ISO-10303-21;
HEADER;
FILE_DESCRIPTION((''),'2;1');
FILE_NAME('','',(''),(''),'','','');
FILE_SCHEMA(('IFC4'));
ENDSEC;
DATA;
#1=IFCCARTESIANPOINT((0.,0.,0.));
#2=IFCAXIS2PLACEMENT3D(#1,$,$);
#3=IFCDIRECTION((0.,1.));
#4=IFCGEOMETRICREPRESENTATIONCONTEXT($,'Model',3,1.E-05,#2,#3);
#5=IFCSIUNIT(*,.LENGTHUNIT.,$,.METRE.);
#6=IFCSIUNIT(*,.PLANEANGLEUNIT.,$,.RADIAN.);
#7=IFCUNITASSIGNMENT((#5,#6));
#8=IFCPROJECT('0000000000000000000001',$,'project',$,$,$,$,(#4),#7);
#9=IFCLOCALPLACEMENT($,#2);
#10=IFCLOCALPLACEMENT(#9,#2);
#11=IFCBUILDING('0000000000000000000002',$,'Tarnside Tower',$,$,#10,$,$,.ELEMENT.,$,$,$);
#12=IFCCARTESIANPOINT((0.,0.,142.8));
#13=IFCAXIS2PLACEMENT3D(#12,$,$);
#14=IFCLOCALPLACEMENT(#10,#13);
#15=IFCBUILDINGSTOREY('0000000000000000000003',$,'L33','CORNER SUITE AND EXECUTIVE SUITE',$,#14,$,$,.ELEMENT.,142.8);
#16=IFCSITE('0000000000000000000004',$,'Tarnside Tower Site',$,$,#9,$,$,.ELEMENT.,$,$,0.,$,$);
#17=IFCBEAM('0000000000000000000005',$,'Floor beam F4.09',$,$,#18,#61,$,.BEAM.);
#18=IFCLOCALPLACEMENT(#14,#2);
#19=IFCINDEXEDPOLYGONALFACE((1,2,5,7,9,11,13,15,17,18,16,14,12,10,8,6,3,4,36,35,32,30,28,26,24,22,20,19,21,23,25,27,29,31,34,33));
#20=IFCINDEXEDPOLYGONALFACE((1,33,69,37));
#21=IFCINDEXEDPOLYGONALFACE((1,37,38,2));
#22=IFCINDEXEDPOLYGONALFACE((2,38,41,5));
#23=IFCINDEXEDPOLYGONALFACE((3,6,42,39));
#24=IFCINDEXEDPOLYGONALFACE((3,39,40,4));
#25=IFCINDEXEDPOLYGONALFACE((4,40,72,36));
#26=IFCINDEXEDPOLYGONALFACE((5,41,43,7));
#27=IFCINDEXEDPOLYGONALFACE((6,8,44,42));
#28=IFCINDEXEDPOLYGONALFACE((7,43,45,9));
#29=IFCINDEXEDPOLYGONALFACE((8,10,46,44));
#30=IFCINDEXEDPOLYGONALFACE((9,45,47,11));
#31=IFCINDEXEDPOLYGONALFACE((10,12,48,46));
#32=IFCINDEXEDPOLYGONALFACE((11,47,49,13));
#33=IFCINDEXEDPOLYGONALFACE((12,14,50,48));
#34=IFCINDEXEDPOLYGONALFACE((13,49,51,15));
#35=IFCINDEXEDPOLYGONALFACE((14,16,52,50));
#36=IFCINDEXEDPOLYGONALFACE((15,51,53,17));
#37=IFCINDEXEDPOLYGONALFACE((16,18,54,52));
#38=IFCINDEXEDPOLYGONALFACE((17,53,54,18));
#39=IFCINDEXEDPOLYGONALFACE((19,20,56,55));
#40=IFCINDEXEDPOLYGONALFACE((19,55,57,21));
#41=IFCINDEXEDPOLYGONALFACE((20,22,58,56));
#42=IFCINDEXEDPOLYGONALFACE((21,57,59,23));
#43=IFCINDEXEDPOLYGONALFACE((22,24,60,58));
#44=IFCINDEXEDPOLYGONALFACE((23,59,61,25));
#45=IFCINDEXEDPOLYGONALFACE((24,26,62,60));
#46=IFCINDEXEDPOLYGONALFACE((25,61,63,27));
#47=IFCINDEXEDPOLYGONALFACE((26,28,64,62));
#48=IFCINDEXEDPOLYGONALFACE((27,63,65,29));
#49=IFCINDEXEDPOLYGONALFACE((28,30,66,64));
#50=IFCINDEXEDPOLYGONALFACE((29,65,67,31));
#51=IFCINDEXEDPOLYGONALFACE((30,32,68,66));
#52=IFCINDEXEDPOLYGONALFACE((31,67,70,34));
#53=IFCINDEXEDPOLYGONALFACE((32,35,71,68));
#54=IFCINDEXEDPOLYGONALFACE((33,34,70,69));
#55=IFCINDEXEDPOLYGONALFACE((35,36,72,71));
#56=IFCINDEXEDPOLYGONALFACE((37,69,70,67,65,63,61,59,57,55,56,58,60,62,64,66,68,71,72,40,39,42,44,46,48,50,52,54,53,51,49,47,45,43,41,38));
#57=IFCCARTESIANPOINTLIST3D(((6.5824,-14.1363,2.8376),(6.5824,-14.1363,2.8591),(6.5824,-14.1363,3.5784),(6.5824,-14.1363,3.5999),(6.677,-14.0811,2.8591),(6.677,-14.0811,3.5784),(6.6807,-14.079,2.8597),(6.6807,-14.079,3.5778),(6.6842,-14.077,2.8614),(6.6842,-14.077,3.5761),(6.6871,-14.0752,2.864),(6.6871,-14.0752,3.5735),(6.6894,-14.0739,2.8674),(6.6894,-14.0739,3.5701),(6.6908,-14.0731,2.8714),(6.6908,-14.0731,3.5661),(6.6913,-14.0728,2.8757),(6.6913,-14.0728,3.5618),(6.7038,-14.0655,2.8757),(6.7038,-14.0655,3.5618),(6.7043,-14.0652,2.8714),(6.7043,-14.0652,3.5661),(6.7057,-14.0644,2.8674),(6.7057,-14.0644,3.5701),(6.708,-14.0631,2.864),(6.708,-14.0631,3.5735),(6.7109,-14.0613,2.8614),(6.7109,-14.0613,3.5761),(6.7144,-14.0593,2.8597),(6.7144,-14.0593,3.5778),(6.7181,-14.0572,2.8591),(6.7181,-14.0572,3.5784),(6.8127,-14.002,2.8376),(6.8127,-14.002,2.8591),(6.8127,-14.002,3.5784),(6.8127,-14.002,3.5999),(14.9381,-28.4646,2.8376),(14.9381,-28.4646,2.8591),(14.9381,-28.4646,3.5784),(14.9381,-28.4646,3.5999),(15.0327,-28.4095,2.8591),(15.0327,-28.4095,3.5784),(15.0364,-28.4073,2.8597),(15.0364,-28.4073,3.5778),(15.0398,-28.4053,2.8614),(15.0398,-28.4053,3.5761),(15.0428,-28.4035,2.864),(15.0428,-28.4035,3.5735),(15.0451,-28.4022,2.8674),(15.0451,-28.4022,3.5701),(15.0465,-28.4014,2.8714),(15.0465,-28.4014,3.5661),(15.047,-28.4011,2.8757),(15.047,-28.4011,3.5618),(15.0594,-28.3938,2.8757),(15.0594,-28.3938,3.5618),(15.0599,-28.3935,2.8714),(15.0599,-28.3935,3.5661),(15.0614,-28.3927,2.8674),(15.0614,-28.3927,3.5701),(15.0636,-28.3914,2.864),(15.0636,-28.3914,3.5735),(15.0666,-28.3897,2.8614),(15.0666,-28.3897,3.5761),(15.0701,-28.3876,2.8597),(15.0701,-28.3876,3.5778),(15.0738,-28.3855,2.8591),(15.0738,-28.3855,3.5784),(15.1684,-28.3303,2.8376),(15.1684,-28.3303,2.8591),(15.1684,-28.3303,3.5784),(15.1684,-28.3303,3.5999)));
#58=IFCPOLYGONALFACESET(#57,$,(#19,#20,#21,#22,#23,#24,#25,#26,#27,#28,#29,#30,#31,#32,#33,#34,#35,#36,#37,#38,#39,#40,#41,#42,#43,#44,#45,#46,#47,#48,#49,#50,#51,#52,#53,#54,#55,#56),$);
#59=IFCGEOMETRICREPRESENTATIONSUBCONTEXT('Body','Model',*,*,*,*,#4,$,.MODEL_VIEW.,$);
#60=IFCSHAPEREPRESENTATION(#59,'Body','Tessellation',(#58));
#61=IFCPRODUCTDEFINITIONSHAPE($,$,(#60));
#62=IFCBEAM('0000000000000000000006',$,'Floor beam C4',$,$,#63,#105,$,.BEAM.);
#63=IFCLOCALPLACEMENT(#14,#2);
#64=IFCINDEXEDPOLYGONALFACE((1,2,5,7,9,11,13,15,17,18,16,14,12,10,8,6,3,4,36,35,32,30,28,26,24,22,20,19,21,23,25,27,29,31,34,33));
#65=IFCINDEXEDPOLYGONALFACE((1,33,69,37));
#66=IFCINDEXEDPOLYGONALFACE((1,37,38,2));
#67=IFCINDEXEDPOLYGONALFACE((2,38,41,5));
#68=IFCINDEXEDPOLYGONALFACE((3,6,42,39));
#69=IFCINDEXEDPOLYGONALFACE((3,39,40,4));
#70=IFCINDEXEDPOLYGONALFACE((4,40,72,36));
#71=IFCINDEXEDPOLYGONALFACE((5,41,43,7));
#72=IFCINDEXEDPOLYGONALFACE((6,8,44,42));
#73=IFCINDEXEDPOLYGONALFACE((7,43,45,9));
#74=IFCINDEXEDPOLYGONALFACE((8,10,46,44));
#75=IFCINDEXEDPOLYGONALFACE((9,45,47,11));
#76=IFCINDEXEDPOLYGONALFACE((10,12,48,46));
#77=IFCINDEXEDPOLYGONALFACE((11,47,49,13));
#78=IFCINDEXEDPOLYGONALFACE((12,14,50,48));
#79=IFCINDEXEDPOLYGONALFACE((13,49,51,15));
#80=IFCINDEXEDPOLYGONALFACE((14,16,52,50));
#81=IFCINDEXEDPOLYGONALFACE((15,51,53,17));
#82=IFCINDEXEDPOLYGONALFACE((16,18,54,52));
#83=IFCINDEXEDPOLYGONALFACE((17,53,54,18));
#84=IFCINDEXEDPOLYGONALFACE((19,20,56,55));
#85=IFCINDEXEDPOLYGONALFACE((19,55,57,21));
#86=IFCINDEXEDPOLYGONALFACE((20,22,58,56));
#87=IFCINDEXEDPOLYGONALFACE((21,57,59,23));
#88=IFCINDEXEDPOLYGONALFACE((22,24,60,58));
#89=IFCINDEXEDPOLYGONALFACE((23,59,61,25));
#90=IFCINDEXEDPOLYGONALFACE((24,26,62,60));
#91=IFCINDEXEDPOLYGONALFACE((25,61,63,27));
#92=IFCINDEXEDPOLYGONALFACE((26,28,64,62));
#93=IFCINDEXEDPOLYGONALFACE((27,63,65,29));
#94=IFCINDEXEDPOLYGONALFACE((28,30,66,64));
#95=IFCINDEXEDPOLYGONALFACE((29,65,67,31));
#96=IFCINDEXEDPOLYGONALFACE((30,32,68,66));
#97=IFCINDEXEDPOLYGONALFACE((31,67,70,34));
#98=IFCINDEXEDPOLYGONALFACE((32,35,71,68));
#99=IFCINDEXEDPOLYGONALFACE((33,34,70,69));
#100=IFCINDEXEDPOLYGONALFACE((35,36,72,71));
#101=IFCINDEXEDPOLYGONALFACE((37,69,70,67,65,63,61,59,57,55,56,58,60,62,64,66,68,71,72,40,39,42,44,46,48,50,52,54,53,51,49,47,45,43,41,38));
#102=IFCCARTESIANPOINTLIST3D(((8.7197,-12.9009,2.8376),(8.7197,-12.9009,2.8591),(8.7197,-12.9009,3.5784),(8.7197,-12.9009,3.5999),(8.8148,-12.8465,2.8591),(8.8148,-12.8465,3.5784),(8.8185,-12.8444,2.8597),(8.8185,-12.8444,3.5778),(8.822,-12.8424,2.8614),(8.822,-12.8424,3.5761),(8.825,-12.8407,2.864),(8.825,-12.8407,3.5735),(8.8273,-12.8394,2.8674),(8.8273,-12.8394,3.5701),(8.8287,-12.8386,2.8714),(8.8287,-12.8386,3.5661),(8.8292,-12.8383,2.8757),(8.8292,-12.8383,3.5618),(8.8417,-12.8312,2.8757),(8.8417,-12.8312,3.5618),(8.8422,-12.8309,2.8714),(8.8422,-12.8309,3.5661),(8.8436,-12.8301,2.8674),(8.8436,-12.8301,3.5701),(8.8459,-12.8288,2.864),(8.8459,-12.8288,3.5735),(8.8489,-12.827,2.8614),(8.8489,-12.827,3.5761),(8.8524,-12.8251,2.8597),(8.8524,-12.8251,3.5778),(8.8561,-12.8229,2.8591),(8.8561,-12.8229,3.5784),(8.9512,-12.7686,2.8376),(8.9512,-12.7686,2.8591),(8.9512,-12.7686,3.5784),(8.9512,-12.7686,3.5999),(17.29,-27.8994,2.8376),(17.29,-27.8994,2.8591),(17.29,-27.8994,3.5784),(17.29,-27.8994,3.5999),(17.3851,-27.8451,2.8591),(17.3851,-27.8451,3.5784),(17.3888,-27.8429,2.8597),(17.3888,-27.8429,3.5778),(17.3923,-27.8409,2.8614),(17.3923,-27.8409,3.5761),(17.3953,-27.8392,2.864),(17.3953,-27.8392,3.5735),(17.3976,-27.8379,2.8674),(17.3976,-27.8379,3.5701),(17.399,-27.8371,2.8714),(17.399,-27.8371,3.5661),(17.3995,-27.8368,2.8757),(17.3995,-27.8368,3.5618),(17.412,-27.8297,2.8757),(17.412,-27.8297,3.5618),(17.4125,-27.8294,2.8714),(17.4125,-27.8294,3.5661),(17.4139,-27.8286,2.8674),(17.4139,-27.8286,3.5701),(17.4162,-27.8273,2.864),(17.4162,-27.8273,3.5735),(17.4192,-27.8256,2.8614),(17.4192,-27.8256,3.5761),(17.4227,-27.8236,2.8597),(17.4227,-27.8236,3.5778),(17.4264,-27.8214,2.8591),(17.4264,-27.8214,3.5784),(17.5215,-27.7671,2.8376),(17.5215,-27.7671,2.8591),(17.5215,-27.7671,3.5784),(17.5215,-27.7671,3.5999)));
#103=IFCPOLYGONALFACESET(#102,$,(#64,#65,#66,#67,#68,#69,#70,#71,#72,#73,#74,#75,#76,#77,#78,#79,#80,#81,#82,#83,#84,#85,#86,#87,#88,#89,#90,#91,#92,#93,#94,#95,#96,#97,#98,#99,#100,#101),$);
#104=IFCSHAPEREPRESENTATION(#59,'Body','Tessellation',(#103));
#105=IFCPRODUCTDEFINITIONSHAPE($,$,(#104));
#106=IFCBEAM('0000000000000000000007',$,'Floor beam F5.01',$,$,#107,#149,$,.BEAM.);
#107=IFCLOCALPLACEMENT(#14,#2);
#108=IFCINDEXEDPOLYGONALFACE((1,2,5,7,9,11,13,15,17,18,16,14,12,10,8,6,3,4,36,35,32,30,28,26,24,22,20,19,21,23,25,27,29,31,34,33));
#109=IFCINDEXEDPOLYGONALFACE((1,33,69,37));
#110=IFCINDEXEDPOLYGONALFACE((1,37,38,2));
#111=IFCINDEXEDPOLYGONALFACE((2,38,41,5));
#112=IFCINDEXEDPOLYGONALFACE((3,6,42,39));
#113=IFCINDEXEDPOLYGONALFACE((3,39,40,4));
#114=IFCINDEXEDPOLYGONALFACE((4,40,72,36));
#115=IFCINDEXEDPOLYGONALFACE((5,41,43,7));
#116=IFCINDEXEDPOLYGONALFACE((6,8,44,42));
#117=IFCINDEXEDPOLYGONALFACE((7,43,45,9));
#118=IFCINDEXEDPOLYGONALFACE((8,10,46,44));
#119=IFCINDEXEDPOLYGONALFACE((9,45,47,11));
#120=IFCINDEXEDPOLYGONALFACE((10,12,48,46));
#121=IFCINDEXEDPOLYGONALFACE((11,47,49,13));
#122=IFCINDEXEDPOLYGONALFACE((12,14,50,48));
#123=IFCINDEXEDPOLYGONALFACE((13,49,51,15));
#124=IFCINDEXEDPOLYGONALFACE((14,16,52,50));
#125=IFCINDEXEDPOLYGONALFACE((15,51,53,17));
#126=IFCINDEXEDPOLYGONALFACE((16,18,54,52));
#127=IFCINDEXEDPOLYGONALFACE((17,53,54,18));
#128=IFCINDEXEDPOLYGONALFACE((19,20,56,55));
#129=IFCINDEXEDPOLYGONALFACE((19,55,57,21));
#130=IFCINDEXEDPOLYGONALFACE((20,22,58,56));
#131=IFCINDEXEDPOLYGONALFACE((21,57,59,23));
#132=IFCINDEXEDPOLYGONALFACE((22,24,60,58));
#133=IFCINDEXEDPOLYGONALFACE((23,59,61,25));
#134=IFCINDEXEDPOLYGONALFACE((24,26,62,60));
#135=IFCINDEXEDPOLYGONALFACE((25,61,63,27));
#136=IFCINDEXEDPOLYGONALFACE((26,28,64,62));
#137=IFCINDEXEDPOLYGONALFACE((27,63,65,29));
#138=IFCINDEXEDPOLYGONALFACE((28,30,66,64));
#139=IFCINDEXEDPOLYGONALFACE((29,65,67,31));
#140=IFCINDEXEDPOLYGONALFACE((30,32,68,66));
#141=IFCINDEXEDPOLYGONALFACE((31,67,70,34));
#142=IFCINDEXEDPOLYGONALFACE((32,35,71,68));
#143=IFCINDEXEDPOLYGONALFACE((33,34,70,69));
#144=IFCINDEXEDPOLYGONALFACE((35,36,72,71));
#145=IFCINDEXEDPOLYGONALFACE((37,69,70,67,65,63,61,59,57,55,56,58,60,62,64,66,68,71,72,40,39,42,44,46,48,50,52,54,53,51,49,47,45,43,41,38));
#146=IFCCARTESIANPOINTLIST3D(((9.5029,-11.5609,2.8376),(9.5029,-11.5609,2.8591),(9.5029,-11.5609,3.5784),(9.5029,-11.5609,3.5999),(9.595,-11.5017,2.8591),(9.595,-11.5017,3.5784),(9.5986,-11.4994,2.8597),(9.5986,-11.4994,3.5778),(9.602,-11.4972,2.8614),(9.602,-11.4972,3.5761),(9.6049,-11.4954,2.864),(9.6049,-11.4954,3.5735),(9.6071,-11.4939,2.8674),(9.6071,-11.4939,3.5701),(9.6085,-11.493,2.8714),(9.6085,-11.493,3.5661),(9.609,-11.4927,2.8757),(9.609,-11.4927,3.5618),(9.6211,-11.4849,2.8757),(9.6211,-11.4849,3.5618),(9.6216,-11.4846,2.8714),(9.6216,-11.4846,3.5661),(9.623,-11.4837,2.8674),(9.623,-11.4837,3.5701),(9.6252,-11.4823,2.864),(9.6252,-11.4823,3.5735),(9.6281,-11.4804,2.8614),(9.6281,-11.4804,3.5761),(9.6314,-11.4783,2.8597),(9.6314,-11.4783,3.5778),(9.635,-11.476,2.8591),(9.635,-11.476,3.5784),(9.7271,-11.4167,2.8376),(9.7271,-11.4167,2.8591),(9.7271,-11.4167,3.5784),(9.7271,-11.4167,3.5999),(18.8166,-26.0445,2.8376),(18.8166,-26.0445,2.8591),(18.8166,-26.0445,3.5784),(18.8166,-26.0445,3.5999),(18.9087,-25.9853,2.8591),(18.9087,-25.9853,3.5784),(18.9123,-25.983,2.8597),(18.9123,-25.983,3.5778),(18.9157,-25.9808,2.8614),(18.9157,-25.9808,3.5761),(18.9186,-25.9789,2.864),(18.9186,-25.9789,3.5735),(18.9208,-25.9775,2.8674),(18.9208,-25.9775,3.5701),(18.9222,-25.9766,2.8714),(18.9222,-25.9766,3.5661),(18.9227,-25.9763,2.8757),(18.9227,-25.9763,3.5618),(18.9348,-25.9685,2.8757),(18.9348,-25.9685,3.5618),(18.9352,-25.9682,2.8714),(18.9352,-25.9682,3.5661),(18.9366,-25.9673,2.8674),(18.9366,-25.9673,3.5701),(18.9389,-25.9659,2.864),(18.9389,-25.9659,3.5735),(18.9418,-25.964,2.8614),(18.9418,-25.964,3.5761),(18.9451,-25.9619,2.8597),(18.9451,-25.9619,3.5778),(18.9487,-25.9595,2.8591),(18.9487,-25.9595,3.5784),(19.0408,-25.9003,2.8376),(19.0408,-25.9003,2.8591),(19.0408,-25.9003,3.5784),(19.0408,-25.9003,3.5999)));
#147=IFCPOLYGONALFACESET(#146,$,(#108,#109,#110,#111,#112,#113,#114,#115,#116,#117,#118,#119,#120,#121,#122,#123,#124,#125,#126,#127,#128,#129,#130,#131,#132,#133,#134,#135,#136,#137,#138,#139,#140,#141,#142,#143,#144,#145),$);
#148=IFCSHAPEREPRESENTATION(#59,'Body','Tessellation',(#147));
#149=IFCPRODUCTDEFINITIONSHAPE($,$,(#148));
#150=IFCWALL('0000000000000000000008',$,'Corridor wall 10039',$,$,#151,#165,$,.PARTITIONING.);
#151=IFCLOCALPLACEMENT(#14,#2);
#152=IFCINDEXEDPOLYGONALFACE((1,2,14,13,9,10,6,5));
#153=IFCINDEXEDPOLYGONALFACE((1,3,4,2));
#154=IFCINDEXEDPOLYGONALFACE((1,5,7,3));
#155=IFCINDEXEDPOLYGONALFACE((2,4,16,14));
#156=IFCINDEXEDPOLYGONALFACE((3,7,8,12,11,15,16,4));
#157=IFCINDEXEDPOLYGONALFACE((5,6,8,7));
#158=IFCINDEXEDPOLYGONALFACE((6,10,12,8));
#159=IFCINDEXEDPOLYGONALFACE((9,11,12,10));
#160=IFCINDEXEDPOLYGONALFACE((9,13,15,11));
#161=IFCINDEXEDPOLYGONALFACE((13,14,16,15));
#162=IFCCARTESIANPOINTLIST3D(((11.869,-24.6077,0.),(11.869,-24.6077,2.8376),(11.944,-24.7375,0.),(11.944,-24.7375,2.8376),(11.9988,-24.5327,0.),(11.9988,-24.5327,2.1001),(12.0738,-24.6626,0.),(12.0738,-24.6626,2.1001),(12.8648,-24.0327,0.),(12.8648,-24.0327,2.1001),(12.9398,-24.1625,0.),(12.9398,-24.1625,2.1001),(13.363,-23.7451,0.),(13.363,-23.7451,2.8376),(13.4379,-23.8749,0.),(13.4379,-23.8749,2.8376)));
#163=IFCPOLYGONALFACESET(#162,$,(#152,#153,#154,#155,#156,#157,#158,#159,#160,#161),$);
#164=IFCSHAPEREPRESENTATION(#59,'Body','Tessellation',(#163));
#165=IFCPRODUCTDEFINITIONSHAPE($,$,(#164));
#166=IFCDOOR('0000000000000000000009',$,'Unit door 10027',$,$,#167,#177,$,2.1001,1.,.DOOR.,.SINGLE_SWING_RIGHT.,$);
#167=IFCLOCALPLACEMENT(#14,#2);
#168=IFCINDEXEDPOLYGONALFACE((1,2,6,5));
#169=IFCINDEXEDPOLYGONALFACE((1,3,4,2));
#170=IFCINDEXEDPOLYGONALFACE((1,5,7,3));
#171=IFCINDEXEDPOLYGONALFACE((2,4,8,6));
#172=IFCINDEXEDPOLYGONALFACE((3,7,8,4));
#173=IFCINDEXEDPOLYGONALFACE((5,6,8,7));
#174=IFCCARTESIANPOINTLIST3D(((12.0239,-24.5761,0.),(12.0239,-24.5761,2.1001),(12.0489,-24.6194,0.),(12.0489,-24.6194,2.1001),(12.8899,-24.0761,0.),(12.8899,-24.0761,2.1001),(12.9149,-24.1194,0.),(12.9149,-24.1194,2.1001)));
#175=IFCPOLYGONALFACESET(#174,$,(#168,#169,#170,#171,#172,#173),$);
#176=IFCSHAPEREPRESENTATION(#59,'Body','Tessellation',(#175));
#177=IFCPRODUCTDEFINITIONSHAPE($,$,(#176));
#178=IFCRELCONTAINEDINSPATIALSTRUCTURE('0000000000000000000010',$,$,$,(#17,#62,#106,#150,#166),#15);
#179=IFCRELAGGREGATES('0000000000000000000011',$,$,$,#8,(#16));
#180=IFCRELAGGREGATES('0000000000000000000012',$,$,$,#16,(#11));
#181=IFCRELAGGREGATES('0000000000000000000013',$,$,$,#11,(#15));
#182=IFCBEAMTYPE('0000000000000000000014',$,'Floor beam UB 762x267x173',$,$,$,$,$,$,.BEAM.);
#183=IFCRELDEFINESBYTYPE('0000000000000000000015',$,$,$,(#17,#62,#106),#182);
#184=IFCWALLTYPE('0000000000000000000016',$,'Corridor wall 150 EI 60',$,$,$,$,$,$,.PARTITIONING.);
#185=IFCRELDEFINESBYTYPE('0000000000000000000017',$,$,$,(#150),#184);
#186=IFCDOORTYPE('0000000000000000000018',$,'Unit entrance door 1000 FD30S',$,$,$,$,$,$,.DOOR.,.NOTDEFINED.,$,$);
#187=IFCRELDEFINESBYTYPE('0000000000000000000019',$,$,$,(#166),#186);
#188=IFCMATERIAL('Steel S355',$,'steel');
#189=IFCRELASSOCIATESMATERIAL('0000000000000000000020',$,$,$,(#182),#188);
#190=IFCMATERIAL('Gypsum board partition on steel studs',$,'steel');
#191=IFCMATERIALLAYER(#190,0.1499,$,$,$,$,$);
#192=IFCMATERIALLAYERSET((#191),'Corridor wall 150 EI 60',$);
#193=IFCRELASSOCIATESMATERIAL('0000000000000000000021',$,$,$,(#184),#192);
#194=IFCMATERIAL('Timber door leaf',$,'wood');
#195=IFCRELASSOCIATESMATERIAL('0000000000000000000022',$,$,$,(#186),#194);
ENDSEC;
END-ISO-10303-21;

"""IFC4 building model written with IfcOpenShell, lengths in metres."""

from ifc_helpers import new_model, si_unit, direction, frame, frame_2d, origin, origin_2d, place, context, subcontext, project, spatial, rectangle, i_section, extrude, material, layer, layer_set, material_profile, profile_set, type_object, element, fill, save


model = new_model("IFC4")

# Units and contexts
model_context = context("Model", 3, precision=1e-05, world=origin(), true_north=direction((0.0, 1.0)))
body_context = subcontext(model_context, "Body", "Model", "MODEL_VIEW")
ifc_project = project(units=[si_unit("LENGTHUNIT", "METRE"), si_unit("PLANEANGLEUNIT", "RADIAN")], contexts=[model_context])

# Site, building, storey
site_placement = place(None, origin())
site = spatial("IfcSite", under=ifc_project, at=site_placement, Name="Tarnside Tower Site", CompositionType="ELEMENT", RefElevation=0.0)
building_placement = place(site_placement, origin())
building = spatial("IfcBuilding", under=site, at=building_placement, Name="Tarnside Tower", CompositionType="ELEMENT")
storey_placement = place(building_placement, frame((0.0, 0.0, 142.8)))
storey = spatial("IfcBuildingStorey", under=building, at=storey_placement, Name="L33", Description="CORNER SUITE AND EXECUTIVE SUITE", CompositionType="ELEMENT", Elevation=142.8)

# Beams
ifc_material_1 = material(Name="Steel S355", Category="steel")
ifc_material_profile = material_profile(ifc_material_1, i_section(OverallWidth=0.2666, OverallDepth=0.7622, WebThickness=0.0144, FlangeThickness=0.0215, FilletRadius=0.0166, at=origin_2d()), Name="UB 762x267x173")
ifc_profile_set = profile_set([ifc_material_profile], Name="Steel S355")
beam_type = type_object("IfcBeamType", Name="Floor beam UB 762x267x173", PredefinedType="BEAM", material=ifc_profile_set)
beam_1_placement = place(storey_placement, frame((15.0532, -28.3975, 3.2188), z_axis=(-0.503758, 0.863845, 0.0), x_axis=(-0.863845, -0.503758, 0.0)))
element("IfcBeam", 1, at=beam_1_placement, inside=storey, type_object=beam_type, Name="Floor beam F4.09", PredefinedType="BEAM", context=body_context, shape_type="SweptSolid", body=[
    extrude(i_section(OverallWidth=0.2666, OverallDepth=0.7622, WebThickness=0.0144, FlangeThickness=0.0215, FilletRadius=0.0166, at=origin_2d()), origin(), (0.0, 0.0, 1.0), 16.5867),
])
beam_2_placement = place(storey_placement, frame((17.4058, -27.8333, 3.2188), z_axis=(-0.496127, 0.86825, 0.0), x_axis=(-0.86825, -0.496127, 0.0)))
element("IfcBeam", 2, at=beam_2_placement, inside=storey, type_object=beam_type, Name="Floor beam C4", PredefinedType="BEAM", context=body_context, shape_type="SweptSolid", body=[
    extrude(i_section(OverallWidth=0.2666, OverallDepth=0.7622, WebThickness=0.0144, FlangeThickness=0.0215, FilletRadius=0.0166, at=origin_2d()), origin(), (0.0, 0.0, 1.0), 17.2744),
])
beam_3_placement = place(storey_placement, frame((18.9287, -25.9724, 3.2188), z_axis=(-0.540873, 0.841104, 0.0), x_axis=(-0.841104, -0.540873, 0.0)))
element("IfcBeam", 3, at=beam_3_placement, inside=storey, type_object=beam_type, Name="Floor beam F5.01", PredefinedType="BEAM", context=body_context, shape_type="SweptSolid", body=[
    extrude(i_section(OverallWidth=0.2666, OverallDepth=0.7622, WebThickness=0.0144, FlangeThickness=0.0215, FilletRadius=0.0166, at=origin_2d()), origin(), (0.0, 0.0, 1.0), 17.2197),
])

# Wall, opening, door
ifc_material_2 = material(Name="Gypsum board partition on steel studs", Category="steel")
ifc_layer_1 = layer(ifc_material_2, 0.1499)
ifc_layer_set_1 = layer_set([ifc_layer_1], Name="Corridor wall 150 EI 60")
wall_type_1 = type_object("IfcWallType", Name="Corridor wall 150 EI 60", PredefinedType="PARTITIONING", material=ifc_layer_set_1)
wall_1_placement = place(storey_placement, frame((11.9065, -24.6726, 0.0), z_axis=(0.0, 0.0, 1.0), x_axis=(0.866014, 0.500021, 0.0)))
wall_1 = element("IfcWall", 4, at=wall_1_placement, inside=storey, type_object=wall_type_1, Name="Corridor wall 10039", PredefinedType="PARTITIONING", context=body_context, shape_type="SweptSolid", body=[
    extrude(rectangle(XDim=1.7251, YDim=0.1499, at=frame_2d((0.8625, 0.0))), origin(), (0.0, 0.0, 1.0), 2.8376),
])
opening_1_placement = place(wall_1_placement, frame((0.1499, 0.0, 0.0)))
opening_1 = element("IfcOpeningElement", 5, at=opening_1_placement, cuts=wall_1, PredefinedType="OPENING", context=body_context, shape_type="SweptSolid", body=[
    extrude(rectangle(XDim=1.0, YDim=2.1001, at=frame_2d((0.5, 1.05))), frame((0.0, 0.085, 0.0), z_axis=(0.0, -1.0, 0.0), x_axis=(1.0, 0.0, 0.0)), (0.0, 0.0, 1.0), 0.1699),
])
ifc_material_3 = material(Name="Timber door leaf", Category="wood")
door_type = type_object("IfcDoorType", Name="Unit entrance door 1000 FD30S", OperationType="NOTDEFINED", PredefinedType="DOOR", material=ifc_material_3)
door_placement = place(opening_1_placement, origin())
door = element("IfcDoor", 6, at=door_placement, inside=storey, type_object=door_type, Name="Unit door 10027", OperationType="SINGLE_SWING_RIGHT", OverallHeight=2.1001, OverallWidth=1.0, PredefinedType="DOOR", context=body_context, shape_type="SweptSolid", body=[
    extrude(rectangle(XDim=1.0, YDim=2.1001, at=frame_2d((0.5, 1.05))), frame((0.0, 0.0249, 0.0), z_axis=(0.0, -1.0, 0.0), x_axis=(1.0, 0.0, 0.0)), (0.0, 0.0, 1.0), 0.05),
])
fill(opening_1, door)

save(model, "model.ifc")
